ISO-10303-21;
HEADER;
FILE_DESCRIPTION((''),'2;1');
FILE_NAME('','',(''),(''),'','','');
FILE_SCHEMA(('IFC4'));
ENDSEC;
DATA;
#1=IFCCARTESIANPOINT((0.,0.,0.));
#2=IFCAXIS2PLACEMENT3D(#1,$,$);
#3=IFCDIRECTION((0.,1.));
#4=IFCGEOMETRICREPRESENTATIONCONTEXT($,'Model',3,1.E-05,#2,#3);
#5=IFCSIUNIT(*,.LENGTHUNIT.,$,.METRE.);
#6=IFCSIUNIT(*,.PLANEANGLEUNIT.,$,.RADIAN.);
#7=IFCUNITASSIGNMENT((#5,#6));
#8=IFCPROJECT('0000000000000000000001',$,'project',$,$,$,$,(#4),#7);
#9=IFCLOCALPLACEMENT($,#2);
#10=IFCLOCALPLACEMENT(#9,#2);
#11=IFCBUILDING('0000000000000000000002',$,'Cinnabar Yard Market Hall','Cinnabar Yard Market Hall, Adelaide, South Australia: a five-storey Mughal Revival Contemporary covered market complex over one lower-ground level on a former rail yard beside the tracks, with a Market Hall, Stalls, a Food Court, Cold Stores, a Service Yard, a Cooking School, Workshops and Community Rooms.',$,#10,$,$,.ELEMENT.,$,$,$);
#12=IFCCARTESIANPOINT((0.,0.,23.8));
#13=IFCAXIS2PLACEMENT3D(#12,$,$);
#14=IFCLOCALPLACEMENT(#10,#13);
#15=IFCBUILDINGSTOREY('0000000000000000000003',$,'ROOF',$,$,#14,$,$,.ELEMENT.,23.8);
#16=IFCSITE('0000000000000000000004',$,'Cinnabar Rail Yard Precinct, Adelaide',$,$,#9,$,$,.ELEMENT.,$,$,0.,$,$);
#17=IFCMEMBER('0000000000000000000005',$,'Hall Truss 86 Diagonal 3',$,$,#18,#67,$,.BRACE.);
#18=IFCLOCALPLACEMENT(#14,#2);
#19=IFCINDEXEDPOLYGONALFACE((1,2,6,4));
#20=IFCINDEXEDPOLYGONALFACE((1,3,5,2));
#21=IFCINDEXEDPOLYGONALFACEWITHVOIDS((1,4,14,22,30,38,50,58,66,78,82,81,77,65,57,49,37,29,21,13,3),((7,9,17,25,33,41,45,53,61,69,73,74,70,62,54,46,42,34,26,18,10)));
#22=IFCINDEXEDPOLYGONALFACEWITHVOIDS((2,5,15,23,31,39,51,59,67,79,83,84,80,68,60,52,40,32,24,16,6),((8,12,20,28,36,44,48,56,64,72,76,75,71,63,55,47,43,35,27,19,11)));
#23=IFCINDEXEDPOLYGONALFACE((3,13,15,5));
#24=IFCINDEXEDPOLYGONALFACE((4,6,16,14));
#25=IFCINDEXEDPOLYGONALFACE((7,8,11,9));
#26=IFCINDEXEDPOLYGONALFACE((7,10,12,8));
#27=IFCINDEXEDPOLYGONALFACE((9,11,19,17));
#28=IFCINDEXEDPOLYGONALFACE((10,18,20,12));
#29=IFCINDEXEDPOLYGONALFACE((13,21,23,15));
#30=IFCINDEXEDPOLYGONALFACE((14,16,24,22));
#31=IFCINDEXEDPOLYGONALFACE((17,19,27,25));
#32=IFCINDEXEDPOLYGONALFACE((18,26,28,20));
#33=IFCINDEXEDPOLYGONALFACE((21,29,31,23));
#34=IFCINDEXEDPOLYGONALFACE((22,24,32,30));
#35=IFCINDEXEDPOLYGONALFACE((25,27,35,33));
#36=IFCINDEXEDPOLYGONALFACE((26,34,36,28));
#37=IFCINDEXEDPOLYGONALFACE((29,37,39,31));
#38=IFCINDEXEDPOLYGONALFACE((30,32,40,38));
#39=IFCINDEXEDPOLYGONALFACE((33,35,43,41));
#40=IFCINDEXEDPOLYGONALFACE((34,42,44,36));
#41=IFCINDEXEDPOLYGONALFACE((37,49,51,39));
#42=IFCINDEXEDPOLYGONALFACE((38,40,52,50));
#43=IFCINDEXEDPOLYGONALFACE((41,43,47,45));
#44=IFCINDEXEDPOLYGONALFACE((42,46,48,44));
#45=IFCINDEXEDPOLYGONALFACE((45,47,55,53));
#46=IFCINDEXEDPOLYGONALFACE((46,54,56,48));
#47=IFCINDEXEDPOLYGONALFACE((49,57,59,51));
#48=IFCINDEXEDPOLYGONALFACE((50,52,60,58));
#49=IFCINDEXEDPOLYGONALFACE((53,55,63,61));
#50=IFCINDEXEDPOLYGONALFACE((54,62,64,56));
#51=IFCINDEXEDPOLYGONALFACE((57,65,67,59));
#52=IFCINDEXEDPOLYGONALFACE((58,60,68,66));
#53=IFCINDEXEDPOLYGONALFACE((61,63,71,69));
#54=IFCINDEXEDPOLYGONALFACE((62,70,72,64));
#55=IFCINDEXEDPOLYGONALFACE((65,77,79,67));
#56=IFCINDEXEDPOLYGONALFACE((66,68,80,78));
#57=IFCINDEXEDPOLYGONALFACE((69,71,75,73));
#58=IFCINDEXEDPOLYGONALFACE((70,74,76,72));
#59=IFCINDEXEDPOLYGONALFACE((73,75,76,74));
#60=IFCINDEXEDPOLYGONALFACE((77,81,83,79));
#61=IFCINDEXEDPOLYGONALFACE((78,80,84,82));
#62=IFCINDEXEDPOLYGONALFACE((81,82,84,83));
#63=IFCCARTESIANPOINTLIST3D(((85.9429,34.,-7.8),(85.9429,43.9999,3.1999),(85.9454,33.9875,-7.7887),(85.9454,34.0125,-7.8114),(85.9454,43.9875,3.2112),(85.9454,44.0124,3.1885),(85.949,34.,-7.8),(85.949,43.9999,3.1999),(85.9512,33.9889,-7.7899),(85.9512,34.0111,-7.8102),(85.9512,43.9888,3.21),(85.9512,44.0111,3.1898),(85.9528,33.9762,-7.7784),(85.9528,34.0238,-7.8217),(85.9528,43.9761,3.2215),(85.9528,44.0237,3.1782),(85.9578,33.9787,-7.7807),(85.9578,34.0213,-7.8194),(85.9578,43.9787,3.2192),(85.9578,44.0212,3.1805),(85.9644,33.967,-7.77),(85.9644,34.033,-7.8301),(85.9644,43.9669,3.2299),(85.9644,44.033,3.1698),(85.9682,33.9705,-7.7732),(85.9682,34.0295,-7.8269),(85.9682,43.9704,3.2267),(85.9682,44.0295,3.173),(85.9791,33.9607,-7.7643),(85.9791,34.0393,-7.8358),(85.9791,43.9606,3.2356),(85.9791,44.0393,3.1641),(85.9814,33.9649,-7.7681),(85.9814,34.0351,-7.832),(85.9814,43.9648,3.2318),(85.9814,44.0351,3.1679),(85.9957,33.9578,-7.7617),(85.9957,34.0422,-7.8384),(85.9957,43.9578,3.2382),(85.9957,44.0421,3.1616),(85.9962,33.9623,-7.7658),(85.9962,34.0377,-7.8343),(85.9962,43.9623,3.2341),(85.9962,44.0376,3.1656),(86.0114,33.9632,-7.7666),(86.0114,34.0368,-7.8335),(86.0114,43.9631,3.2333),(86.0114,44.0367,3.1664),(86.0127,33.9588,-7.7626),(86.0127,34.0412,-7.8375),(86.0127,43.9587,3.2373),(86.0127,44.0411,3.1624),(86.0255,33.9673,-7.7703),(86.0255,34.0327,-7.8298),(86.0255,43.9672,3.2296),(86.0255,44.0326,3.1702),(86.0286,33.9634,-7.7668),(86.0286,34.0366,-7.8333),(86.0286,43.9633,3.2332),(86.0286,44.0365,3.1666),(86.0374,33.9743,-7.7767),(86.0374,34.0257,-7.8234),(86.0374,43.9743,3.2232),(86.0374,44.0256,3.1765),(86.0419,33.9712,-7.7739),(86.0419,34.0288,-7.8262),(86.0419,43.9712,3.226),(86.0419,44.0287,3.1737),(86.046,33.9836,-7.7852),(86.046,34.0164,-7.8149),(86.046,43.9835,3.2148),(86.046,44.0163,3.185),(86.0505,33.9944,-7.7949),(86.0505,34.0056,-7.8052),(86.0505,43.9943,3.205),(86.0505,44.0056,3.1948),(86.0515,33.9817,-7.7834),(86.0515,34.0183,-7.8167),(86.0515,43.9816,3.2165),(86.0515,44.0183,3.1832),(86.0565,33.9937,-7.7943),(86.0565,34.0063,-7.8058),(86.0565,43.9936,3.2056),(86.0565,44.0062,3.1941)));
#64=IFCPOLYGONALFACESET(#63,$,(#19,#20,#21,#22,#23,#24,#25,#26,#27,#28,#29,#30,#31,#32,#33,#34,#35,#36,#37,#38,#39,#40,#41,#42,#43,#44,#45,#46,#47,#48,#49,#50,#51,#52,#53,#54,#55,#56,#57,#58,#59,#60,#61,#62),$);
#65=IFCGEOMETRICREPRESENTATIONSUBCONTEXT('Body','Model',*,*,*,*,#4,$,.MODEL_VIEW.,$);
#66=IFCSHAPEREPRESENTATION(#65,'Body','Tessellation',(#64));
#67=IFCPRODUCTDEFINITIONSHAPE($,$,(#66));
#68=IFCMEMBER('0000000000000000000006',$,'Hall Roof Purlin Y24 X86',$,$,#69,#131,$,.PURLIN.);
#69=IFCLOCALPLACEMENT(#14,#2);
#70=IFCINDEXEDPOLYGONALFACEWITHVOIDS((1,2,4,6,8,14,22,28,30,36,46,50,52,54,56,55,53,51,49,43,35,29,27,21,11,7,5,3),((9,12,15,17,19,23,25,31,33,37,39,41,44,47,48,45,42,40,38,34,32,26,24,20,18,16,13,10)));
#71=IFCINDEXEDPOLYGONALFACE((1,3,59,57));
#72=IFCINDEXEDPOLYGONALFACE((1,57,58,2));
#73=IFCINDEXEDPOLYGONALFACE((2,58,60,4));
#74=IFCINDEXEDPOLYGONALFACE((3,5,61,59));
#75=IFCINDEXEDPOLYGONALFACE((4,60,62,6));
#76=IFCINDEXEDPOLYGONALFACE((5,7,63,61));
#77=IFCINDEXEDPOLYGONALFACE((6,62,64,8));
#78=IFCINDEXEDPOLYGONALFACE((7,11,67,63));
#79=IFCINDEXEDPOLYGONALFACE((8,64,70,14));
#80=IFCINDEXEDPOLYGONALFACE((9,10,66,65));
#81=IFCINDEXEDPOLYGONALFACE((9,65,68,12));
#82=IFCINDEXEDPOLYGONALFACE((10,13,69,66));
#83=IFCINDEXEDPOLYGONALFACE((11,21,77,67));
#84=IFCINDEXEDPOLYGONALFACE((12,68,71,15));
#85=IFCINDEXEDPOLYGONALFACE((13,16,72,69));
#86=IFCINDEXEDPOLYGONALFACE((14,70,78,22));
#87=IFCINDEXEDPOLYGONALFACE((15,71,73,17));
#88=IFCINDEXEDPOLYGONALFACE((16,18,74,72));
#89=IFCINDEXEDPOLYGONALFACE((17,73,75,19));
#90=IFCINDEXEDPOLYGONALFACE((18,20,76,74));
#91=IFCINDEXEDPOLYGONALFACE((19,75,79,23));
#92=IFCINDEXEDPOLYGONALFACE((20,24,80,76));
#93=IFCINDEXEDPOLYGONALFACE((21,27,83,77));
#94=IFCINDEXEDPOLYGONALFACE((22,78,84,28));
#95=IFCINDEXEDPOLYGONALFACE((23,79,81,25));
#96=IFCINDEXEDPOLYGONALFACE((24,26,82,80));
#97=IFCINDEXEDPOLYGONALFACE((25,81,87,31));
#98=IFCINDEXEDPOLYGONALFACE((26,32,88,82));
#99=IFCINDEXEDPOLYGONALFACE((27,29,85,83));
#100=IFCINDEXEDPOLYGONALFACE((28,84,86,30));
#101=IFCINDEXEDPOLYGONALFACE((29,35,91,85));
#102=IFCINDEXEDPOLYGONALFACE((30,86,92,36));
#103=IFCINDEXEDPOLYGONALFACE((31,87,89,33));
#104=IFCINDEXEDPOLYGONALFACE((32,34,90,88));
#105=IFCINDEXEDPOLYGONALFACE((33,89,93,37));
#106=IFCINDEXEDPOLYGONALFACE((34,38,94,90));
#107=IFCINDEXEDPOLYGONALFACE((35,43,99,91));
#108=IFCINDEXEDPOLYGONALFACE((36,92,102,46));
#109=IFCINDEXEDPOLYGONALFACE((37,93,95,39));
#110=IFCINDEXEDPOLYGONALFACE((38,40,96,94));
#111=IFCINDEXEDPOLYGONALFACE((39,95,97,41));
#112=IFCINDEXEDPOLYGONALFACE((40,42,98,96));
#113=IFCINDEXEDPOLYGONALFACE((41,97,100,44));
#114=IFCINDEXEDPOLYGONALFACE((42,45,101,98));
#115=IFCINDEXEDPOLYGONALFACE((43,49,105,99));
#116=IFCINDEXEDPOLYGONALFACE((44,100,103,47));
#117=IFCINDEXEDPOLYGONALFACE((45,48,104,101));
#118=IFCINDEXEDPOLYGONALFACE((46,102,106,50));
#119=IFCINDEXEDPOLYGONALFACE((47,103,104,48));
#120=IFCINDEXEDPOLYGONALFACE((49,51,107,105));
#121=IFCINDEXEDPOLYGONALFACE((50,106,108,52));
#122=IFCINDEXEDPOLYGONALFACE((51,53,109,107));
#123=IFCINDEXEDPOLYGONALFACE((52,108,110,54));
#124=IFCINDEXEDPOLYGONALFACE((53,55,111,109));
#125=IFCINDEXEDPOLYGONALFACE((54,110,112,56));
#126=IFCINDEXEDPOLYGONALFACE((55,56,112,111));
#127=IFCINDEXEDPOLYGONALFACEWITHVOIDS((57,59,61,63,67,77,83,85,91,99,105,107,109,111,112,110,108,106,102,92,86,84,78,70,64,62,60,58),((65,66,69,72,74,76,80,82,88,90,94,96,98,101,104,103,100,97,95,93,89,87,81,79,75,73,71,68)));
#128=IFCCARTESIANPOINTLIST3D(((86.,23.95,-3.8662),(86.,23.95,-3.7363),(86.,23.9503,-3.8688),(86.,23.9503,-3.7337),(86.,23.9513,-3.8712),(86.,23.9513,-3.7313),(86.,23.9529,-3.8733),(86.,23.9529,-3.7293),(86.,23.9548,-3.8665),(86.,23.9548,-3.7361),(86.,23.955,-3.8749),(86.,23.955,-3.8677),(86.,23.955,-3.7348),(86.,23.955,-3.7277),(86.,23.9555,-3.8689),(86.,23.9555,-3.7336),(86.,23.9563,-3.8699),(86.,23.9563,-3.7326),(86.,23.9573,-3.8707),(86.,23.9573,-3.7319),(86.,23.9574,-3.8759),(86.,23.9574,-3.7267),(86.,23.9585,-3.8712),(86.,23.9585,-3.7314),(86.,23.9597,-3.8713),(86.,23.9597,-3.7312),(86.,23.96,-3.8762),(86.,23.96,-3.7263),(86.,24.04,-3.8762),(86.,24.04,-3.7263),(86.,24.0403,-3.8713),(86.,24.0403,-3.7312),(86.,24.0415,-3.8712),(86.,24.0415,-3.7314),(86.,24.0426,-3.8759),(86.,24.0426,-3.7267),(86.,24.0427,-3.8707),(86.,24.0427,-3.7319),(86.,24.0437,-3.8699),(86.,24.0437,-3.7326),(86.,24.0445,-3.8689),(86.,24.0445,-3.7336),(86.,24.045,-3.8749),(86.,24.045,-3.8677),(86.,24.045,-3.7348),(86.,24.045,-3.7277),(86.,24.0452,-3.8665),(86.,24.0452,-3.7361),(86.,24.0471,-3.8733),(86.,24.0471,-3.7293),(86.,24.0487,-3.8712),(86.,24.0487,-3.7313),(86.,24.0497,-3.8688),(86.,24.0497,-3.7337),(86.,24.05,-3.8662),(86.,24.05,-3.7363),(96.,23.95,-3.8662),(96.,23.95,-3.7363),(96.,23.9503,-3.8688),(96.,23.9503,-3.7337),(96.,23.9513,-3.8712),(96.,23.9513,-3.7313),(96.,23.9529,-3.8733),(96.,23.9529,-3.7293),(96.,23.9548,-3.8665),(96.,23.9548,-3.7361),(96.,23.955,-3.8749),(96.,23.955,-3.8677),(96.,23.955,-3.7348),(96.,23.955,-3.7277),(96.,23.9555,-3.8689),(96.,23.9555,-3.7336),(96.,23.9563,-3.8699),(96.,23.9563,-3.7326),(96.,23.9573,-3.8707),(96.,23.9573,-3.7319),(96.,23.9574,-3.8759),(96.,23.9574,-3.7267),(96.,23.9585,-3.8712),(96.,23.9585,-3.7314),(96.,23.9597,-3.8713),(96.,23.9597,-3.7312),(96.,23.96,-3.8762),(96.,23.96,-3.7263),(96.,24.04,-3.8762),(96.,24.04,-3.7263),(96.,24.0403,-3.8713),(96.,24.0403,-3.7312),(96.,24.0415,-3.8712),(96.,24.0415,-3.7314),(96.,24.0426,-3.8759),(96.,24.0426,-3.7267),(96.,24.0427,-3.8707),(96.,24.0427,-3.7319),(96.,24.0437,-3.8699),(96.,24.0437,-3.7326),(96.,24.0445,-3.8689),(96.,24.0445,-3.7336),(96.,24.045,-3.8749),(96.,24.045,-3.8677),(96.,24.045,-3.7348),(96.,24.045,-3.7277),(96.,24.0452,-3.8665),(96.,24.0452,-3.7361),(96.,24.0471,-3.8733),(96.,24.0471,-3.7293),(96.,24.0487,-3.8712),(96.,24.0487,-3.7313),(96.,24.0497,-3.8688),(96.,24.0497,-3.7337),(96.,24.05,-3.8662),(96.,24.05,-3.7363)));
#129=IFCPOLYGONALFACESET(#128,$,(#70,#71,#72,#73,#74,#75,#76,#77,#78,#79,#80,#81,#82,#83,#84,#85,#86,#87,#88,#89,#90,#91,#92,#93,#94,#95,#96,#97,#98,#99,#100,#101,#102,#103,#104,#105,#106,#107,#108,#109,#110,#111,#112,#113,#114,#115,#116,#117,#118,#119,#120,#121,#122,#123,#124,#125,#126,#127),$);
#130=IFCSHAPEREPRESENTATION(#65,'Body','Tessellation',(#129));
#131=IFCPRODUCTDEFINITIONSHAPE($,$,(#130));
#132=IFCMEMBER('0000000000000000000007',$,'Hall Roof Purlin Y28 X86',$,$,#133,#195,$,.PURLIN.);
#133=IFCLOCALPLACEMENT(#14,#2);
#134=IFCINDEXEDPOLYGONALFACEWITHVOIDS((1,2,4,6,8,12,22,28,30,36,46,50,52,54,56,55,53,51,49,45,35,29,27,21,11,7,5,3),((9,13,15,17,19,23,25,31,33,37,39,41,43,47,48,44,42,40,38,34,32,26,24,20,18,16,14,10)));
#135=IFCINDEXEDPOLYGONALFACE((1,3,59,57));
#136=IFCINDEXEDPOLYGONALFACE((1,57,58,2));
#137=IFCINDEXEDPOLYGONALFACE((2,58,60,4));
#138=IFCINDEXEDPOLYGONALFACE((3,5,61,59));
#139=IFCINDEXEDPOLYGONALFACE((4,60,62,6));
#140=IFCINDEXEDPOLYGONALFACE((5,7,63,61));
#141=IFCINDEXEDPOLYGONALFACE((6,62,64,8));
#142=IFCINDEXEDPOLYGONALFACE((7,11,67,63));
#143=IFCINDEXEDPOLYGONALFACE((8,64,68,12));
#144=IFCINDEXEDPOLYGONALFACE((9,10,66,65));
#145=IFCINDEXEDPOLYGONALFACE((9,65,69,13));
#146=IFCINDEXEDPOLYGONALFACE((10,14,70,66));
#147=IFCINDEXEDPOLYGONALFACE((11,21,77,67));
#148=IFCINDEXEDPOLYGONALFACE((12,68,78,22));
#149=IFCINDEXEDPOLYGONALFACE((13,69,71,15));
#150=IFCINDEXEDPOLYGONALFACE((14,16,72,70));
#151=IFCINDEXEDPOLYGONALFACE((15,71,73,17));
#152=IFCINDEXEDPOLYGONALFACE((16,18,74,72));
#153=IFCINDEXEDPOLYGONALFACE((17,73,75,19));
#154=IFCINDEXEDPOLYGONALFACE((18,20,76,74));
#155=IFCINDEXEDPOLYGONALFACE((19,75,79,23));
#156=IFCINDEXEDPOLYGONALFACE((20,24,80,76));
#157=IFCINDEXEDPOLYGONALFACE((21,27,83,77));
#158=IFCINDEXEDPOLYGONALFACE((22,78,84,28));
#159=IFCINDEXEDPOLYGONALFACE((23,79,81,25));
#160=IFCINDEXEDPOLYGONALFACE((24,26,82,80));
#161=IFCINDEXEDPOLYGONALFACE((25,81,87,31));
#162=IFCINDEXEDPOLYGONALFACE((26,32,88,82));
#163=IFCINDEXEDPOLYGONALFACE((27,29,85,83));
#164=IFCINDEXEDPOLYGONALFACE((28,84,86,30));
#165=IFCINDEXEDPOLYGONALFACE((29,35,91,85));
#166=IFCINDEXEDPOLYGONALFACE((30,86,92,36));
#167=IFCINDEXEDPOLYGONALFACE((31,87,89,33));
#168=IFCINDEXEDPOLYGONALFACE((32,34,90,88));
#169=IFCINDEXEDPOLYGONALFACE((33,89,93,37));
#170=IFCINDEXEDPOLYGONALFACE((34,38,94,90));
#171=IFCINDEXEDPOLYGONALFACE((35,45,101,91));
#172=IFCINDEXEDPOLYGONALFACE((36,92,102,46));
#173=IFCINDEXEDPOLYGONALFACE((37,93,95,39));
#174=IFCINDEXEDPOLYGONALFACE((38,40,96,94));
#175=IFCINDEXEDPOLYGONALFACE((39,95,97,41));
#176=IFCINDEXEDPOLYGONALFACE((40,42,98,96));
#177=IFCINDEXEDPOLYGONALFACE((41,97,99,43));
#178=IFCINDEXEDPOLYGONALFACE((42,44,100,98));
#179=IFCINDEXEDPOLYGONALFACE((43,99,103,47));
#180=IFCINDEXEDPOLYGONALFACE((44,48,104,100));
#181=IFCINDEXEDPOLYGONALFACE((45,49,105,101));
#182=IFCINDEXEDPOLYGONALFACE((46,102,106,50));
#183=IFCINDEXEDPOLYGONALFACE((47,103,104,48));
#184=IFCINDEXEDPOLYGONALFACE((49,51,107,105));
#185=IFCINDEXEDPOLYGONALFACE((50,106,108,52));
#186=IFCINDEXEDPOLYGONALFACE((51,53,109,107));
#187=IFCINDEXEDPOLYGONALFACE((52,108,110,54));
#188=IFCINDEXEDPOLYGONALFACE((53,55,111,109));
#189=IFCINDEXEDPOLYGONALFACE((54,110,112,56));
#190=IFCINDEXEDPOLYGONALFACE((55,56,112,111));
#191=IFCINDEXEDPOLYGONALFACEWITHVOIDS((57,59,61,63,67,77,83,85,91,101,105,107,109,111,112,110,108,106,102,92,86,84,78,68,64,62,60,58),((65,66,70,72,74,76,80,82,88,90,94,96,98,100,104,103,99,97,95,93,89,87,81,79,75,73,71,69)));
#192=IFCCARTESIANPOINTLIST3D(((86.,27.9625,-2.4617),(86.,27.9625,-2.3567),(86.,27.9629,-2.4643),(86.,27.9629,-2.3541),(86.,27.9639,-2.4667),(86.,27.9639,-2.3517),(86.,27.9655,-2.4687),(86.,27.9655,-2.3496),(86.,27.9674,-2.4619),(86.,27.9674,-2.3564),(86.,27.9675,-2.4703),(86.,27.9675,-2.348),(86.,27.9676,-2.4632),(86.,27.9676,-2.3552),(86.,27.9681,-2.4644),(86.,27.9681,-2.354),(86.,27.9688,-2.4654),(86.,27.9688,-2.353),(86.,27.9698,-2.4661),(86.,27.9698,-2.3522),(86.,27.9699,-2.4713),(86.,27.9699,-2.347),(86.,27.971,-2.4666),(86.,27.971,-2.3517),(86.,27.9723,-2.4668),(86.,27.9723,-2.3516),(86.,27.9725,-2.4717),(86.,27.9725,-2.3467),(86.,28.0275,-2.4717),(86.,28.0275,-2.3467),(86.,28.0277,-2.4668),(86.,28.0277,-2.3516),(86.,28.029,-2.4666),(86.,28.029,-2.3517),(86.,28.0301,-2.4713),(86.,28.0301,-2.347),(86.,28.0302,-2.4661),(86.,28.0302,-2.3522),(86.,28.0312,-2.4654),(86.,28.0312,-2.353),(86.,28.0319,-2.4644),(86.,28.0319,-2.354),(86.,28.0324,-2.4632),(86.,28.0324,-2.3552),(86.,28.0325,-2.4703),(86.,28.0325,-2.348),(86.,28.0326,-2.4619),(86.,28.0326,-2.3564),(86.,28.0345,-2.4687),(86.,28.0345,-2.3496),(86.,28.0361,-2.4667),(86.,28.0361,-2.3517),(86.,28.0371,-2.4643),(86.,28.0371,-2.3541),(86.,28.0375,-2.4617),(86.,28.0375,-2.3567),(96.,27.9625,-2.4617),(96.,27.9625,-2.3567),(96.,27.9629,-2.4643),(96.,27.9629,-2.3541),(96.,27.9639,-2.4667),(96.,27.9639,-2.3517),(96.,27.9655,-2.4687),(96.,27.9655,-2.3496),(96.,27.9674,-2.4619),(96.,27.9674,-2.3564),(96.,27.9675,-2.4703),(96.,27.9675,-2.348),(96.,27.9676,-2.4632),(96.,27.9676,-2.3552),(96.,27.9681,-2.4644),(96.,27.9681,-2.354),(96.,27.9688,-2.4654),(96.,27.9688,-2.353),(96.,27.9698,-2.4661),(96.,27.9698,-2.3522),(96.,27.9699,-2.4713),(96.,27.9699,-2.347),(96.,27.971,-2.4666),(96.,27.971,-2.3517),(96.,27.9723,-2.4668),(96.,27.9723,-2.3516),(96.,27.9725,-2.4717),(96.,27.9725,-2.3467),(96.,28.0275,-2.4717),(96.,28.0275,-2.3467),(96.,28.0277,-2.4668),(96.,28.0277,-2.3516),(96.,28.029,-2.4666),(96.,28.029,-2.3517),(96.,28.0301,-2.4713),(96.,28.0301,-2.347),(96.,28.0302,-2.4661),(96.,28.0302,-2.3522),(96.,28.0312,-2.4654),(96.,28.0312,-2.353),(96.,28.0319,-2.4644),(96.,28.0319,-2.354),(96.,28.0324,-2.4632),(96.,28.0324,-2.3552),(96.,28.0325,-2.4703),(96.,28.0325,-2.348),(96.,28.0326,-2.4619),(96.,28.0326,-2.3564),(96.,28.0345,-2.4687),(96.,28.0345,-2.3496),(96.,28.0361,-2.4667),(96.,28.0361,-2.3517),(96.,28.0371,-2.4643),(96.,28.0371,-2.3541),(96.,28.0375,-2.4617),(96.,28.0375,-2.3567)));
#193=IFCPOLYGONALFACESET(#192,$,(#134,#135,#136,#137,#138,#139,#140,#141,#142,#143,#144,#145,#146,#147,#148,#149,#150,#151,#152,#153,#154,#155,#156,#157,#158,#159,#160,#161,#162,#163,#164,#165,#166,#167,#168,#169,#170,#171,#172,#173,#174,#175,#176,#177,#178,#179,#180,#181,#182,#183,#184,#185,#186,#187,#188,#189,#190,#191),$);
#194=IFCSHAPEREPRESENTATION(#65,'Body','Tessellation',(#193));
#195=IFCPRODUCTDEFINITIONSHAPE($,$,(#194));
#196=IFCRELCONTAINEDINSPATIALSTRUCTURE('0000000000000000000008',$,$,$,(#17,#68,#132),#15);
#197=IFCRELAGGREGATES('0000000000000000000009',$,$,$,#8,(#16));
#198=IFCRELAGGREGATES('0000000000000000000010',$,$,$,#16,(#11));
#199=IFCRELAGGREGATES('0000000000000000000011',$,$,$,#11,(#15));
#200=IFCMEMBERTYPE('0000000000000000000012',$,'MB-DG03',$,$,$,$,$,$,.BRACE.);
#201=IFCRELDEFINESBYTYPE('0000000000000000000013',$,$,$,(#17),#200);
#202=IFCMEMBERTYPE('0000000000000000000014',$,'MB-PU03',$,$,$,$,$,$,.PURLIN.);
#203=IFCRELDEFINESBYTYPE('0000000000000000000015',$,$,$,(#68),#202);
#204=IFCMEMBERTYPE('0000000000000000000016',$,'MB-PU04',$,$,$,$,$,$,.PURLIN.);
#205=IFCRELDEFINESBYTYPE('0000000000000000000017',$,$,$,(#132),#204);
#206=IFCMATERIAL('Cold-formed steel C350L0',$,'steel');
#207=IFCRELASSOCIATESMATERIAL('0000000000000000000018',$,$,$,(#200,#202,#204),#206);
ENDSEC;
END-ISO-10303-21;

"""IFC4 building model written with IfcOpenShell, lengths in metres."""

from ifc_helpers import new_model, si_unit, direction, frame, origin, origin_2d_with_axis, place, context, subcontext, project, spatial, hollow_rectangle, hollow_circle, extrude, material, material_profile, profile_set, type_object, element, save


model = new_model("IFC4")

# Units and contexts
model_context = context("Model", 3, precision=1e-05, world=origin(), true_north=direction((0.0, 1.0)))
body_context = subcontext(model_context, "Body", "Model", "MODEL_VIEW")
ifc_project = project(units=[si_unit("LENGTHUNIT", "METRE"), si_unit("PLANEANGLEUNIT", "RADIAN")], contexts=[model_context])

# Site, building, storey
site_placement = place(None, origin())
site = spatial("IfcSite", under=ifc_project, at=site_placement, Name="Cinnabar Rail Yard Precinct, Adelaide", CompositionType="ELEMENT", RefElevation=0.0)
building_placement = place(site_placement, origin())
building = spatial("IfcBuilding", under=site, at=building_placement, Name="Cinnabar Yard Market Hall", Description="Cinnabar Yard Market Hall, Adelaide, South Australia: a five-storey Mughal Revival Contemporary covered market complex over one lower-ground level on a former rail yard beside the tracks, with a Market Hall, Stalls, a Food Court, Cold Stores, a Service Yard, a Cooking School, Workshops and Community Rooms.", CompositionType="ELEMENT")
storey_placement = place(building_placement, frame((0.0, 0.0, 23.8)))
storey = spatial("IfcBuildingStorey", under=building, at=storey_placement, Name="ROOF", CompositionType="ELEMENT", Elevation=23.8)

# Members
ifc_material_1 = material(Name="Cold-formed steel C350L0", Category="steel")
ifc_material_profile_1 = material_profile(ifc_material_1, hollow_circle(Radius=0.0571, WallThickness=0.0061, at=origin_2d_with_axis()), Name="114.3x6.0CHS")
ifc_profile_set_1 = profile_set([ifc_material_profile_1], Name="Cold-formed steel C350L0")
member_type_1 = type_object("IfcMemberType", Name="MB-DG03", PredefinedType="BRACE", material=ifc_profile_set_1)
member_1_placement = place(storey_placement, frame((86.0, 34.0, -7.8), z_axis=(0.0, 0.672673, 0.73994), x_axis=(-1.0, 0.0, 0.0)))
element("IfcMember", 1, at=member_1_placement, inside=storey, type_object=member_type_1, Name="Hall Truss 86 Diagonal 3", PredefinedType="BRACE", context=body_context, shape_type="SweptSolid", body=[
    extrude(hollow_circle(Radius=0.0571, WallThickness=0.0061, at=origin_2d_with_axis()), origin(), (0.0, 0.0, 1.0), 14.866),
])
ifc_material_profile_2 = material_profile(ifc_material_1, hollow_rectangle(XDim=0.1001, YDim=0.1499, WallThickness=0.0049, InnerFilletRadius=0.0049, OuterFilletRadius=0.01, at=origin_2d_with_axis()), Name="150x100x5.0RHS")
ifc_profile_set_2 = profile_set([ifc_material_profile_2], Name="Cold-formed steel C350L0")
member_type_2 = type_object("IfcMemberType", Name="MB-PU03", PredefinedType="PURLIN", material=ifc_profile_set_2)
member_2_placement = place(storey_placement, frame((86.0, 24.0, -3.8013), z_axis=(1.0, 0.0, 0.0), x_axis=(0.0, 1.0, 0.0)))
element("IfcMember", 2, at=member_2_placement, inside=storey, type_object=member_type_2, Name="Hall Roof Purlin Y24 X86", PredefinedType="PURLIN", context=body_context, shape_type="SweptSolid", body=[
    extrude(hollow_rectangle(XDim=0.1001, YDim=0.1499, WallThickness=0.0049, InnerFilletRadius=0.0049, OuterFilletRadius=0.01, at=origin_2d_with_axis()), origin(), (0.0, 0.0, 1.0), 10.0),
])
ifc_material_profile_3 = material_profile(ifc_material_1, hollow_rectangle(XDim=0.075, YDim=0.125, WallThickness=0.0049, InnerFilletRadius=0.0049, OuterFilletRadius=0.01, at=origin_2d_with_axis()), Name="125x75x5.0RHS")
ifc_profile_set_3 = profile_set([ifc_material_profile_3], Name="Cold-formed steel C350L0")
member_type_3 = type_object("IfcMemberType", Name="MB-PU04", PredefinedType="PURLIN", material=ifc_profile_set_3)
member_3_placement = place(storey_placement, frame((86.0, 28.0, -2.4092), z_axis=(1.0, 0.0, 0.0), x_axis=(0.0, 1.0, 0.0)))
element("IfcMember", 3, at=member_3_placement, inside=storey, type_object=member_type_3, Name="Hall Roof Purlin Y28 X86", PredefinedType="PURLIN", context=body_context, shape_type="SweptSolid", body=[
    extrude(hollow_rectangle(XDim=0.075, YDim=0.125, WallThickness=0.0049, InnerFilletRadius=0.0049, OuterFilletRadius=0.01, at=origin_2d_with_axis()), origin(), (0.0, 0.0, 1.0), 10.0),
])

save(model, "model.ifc")
